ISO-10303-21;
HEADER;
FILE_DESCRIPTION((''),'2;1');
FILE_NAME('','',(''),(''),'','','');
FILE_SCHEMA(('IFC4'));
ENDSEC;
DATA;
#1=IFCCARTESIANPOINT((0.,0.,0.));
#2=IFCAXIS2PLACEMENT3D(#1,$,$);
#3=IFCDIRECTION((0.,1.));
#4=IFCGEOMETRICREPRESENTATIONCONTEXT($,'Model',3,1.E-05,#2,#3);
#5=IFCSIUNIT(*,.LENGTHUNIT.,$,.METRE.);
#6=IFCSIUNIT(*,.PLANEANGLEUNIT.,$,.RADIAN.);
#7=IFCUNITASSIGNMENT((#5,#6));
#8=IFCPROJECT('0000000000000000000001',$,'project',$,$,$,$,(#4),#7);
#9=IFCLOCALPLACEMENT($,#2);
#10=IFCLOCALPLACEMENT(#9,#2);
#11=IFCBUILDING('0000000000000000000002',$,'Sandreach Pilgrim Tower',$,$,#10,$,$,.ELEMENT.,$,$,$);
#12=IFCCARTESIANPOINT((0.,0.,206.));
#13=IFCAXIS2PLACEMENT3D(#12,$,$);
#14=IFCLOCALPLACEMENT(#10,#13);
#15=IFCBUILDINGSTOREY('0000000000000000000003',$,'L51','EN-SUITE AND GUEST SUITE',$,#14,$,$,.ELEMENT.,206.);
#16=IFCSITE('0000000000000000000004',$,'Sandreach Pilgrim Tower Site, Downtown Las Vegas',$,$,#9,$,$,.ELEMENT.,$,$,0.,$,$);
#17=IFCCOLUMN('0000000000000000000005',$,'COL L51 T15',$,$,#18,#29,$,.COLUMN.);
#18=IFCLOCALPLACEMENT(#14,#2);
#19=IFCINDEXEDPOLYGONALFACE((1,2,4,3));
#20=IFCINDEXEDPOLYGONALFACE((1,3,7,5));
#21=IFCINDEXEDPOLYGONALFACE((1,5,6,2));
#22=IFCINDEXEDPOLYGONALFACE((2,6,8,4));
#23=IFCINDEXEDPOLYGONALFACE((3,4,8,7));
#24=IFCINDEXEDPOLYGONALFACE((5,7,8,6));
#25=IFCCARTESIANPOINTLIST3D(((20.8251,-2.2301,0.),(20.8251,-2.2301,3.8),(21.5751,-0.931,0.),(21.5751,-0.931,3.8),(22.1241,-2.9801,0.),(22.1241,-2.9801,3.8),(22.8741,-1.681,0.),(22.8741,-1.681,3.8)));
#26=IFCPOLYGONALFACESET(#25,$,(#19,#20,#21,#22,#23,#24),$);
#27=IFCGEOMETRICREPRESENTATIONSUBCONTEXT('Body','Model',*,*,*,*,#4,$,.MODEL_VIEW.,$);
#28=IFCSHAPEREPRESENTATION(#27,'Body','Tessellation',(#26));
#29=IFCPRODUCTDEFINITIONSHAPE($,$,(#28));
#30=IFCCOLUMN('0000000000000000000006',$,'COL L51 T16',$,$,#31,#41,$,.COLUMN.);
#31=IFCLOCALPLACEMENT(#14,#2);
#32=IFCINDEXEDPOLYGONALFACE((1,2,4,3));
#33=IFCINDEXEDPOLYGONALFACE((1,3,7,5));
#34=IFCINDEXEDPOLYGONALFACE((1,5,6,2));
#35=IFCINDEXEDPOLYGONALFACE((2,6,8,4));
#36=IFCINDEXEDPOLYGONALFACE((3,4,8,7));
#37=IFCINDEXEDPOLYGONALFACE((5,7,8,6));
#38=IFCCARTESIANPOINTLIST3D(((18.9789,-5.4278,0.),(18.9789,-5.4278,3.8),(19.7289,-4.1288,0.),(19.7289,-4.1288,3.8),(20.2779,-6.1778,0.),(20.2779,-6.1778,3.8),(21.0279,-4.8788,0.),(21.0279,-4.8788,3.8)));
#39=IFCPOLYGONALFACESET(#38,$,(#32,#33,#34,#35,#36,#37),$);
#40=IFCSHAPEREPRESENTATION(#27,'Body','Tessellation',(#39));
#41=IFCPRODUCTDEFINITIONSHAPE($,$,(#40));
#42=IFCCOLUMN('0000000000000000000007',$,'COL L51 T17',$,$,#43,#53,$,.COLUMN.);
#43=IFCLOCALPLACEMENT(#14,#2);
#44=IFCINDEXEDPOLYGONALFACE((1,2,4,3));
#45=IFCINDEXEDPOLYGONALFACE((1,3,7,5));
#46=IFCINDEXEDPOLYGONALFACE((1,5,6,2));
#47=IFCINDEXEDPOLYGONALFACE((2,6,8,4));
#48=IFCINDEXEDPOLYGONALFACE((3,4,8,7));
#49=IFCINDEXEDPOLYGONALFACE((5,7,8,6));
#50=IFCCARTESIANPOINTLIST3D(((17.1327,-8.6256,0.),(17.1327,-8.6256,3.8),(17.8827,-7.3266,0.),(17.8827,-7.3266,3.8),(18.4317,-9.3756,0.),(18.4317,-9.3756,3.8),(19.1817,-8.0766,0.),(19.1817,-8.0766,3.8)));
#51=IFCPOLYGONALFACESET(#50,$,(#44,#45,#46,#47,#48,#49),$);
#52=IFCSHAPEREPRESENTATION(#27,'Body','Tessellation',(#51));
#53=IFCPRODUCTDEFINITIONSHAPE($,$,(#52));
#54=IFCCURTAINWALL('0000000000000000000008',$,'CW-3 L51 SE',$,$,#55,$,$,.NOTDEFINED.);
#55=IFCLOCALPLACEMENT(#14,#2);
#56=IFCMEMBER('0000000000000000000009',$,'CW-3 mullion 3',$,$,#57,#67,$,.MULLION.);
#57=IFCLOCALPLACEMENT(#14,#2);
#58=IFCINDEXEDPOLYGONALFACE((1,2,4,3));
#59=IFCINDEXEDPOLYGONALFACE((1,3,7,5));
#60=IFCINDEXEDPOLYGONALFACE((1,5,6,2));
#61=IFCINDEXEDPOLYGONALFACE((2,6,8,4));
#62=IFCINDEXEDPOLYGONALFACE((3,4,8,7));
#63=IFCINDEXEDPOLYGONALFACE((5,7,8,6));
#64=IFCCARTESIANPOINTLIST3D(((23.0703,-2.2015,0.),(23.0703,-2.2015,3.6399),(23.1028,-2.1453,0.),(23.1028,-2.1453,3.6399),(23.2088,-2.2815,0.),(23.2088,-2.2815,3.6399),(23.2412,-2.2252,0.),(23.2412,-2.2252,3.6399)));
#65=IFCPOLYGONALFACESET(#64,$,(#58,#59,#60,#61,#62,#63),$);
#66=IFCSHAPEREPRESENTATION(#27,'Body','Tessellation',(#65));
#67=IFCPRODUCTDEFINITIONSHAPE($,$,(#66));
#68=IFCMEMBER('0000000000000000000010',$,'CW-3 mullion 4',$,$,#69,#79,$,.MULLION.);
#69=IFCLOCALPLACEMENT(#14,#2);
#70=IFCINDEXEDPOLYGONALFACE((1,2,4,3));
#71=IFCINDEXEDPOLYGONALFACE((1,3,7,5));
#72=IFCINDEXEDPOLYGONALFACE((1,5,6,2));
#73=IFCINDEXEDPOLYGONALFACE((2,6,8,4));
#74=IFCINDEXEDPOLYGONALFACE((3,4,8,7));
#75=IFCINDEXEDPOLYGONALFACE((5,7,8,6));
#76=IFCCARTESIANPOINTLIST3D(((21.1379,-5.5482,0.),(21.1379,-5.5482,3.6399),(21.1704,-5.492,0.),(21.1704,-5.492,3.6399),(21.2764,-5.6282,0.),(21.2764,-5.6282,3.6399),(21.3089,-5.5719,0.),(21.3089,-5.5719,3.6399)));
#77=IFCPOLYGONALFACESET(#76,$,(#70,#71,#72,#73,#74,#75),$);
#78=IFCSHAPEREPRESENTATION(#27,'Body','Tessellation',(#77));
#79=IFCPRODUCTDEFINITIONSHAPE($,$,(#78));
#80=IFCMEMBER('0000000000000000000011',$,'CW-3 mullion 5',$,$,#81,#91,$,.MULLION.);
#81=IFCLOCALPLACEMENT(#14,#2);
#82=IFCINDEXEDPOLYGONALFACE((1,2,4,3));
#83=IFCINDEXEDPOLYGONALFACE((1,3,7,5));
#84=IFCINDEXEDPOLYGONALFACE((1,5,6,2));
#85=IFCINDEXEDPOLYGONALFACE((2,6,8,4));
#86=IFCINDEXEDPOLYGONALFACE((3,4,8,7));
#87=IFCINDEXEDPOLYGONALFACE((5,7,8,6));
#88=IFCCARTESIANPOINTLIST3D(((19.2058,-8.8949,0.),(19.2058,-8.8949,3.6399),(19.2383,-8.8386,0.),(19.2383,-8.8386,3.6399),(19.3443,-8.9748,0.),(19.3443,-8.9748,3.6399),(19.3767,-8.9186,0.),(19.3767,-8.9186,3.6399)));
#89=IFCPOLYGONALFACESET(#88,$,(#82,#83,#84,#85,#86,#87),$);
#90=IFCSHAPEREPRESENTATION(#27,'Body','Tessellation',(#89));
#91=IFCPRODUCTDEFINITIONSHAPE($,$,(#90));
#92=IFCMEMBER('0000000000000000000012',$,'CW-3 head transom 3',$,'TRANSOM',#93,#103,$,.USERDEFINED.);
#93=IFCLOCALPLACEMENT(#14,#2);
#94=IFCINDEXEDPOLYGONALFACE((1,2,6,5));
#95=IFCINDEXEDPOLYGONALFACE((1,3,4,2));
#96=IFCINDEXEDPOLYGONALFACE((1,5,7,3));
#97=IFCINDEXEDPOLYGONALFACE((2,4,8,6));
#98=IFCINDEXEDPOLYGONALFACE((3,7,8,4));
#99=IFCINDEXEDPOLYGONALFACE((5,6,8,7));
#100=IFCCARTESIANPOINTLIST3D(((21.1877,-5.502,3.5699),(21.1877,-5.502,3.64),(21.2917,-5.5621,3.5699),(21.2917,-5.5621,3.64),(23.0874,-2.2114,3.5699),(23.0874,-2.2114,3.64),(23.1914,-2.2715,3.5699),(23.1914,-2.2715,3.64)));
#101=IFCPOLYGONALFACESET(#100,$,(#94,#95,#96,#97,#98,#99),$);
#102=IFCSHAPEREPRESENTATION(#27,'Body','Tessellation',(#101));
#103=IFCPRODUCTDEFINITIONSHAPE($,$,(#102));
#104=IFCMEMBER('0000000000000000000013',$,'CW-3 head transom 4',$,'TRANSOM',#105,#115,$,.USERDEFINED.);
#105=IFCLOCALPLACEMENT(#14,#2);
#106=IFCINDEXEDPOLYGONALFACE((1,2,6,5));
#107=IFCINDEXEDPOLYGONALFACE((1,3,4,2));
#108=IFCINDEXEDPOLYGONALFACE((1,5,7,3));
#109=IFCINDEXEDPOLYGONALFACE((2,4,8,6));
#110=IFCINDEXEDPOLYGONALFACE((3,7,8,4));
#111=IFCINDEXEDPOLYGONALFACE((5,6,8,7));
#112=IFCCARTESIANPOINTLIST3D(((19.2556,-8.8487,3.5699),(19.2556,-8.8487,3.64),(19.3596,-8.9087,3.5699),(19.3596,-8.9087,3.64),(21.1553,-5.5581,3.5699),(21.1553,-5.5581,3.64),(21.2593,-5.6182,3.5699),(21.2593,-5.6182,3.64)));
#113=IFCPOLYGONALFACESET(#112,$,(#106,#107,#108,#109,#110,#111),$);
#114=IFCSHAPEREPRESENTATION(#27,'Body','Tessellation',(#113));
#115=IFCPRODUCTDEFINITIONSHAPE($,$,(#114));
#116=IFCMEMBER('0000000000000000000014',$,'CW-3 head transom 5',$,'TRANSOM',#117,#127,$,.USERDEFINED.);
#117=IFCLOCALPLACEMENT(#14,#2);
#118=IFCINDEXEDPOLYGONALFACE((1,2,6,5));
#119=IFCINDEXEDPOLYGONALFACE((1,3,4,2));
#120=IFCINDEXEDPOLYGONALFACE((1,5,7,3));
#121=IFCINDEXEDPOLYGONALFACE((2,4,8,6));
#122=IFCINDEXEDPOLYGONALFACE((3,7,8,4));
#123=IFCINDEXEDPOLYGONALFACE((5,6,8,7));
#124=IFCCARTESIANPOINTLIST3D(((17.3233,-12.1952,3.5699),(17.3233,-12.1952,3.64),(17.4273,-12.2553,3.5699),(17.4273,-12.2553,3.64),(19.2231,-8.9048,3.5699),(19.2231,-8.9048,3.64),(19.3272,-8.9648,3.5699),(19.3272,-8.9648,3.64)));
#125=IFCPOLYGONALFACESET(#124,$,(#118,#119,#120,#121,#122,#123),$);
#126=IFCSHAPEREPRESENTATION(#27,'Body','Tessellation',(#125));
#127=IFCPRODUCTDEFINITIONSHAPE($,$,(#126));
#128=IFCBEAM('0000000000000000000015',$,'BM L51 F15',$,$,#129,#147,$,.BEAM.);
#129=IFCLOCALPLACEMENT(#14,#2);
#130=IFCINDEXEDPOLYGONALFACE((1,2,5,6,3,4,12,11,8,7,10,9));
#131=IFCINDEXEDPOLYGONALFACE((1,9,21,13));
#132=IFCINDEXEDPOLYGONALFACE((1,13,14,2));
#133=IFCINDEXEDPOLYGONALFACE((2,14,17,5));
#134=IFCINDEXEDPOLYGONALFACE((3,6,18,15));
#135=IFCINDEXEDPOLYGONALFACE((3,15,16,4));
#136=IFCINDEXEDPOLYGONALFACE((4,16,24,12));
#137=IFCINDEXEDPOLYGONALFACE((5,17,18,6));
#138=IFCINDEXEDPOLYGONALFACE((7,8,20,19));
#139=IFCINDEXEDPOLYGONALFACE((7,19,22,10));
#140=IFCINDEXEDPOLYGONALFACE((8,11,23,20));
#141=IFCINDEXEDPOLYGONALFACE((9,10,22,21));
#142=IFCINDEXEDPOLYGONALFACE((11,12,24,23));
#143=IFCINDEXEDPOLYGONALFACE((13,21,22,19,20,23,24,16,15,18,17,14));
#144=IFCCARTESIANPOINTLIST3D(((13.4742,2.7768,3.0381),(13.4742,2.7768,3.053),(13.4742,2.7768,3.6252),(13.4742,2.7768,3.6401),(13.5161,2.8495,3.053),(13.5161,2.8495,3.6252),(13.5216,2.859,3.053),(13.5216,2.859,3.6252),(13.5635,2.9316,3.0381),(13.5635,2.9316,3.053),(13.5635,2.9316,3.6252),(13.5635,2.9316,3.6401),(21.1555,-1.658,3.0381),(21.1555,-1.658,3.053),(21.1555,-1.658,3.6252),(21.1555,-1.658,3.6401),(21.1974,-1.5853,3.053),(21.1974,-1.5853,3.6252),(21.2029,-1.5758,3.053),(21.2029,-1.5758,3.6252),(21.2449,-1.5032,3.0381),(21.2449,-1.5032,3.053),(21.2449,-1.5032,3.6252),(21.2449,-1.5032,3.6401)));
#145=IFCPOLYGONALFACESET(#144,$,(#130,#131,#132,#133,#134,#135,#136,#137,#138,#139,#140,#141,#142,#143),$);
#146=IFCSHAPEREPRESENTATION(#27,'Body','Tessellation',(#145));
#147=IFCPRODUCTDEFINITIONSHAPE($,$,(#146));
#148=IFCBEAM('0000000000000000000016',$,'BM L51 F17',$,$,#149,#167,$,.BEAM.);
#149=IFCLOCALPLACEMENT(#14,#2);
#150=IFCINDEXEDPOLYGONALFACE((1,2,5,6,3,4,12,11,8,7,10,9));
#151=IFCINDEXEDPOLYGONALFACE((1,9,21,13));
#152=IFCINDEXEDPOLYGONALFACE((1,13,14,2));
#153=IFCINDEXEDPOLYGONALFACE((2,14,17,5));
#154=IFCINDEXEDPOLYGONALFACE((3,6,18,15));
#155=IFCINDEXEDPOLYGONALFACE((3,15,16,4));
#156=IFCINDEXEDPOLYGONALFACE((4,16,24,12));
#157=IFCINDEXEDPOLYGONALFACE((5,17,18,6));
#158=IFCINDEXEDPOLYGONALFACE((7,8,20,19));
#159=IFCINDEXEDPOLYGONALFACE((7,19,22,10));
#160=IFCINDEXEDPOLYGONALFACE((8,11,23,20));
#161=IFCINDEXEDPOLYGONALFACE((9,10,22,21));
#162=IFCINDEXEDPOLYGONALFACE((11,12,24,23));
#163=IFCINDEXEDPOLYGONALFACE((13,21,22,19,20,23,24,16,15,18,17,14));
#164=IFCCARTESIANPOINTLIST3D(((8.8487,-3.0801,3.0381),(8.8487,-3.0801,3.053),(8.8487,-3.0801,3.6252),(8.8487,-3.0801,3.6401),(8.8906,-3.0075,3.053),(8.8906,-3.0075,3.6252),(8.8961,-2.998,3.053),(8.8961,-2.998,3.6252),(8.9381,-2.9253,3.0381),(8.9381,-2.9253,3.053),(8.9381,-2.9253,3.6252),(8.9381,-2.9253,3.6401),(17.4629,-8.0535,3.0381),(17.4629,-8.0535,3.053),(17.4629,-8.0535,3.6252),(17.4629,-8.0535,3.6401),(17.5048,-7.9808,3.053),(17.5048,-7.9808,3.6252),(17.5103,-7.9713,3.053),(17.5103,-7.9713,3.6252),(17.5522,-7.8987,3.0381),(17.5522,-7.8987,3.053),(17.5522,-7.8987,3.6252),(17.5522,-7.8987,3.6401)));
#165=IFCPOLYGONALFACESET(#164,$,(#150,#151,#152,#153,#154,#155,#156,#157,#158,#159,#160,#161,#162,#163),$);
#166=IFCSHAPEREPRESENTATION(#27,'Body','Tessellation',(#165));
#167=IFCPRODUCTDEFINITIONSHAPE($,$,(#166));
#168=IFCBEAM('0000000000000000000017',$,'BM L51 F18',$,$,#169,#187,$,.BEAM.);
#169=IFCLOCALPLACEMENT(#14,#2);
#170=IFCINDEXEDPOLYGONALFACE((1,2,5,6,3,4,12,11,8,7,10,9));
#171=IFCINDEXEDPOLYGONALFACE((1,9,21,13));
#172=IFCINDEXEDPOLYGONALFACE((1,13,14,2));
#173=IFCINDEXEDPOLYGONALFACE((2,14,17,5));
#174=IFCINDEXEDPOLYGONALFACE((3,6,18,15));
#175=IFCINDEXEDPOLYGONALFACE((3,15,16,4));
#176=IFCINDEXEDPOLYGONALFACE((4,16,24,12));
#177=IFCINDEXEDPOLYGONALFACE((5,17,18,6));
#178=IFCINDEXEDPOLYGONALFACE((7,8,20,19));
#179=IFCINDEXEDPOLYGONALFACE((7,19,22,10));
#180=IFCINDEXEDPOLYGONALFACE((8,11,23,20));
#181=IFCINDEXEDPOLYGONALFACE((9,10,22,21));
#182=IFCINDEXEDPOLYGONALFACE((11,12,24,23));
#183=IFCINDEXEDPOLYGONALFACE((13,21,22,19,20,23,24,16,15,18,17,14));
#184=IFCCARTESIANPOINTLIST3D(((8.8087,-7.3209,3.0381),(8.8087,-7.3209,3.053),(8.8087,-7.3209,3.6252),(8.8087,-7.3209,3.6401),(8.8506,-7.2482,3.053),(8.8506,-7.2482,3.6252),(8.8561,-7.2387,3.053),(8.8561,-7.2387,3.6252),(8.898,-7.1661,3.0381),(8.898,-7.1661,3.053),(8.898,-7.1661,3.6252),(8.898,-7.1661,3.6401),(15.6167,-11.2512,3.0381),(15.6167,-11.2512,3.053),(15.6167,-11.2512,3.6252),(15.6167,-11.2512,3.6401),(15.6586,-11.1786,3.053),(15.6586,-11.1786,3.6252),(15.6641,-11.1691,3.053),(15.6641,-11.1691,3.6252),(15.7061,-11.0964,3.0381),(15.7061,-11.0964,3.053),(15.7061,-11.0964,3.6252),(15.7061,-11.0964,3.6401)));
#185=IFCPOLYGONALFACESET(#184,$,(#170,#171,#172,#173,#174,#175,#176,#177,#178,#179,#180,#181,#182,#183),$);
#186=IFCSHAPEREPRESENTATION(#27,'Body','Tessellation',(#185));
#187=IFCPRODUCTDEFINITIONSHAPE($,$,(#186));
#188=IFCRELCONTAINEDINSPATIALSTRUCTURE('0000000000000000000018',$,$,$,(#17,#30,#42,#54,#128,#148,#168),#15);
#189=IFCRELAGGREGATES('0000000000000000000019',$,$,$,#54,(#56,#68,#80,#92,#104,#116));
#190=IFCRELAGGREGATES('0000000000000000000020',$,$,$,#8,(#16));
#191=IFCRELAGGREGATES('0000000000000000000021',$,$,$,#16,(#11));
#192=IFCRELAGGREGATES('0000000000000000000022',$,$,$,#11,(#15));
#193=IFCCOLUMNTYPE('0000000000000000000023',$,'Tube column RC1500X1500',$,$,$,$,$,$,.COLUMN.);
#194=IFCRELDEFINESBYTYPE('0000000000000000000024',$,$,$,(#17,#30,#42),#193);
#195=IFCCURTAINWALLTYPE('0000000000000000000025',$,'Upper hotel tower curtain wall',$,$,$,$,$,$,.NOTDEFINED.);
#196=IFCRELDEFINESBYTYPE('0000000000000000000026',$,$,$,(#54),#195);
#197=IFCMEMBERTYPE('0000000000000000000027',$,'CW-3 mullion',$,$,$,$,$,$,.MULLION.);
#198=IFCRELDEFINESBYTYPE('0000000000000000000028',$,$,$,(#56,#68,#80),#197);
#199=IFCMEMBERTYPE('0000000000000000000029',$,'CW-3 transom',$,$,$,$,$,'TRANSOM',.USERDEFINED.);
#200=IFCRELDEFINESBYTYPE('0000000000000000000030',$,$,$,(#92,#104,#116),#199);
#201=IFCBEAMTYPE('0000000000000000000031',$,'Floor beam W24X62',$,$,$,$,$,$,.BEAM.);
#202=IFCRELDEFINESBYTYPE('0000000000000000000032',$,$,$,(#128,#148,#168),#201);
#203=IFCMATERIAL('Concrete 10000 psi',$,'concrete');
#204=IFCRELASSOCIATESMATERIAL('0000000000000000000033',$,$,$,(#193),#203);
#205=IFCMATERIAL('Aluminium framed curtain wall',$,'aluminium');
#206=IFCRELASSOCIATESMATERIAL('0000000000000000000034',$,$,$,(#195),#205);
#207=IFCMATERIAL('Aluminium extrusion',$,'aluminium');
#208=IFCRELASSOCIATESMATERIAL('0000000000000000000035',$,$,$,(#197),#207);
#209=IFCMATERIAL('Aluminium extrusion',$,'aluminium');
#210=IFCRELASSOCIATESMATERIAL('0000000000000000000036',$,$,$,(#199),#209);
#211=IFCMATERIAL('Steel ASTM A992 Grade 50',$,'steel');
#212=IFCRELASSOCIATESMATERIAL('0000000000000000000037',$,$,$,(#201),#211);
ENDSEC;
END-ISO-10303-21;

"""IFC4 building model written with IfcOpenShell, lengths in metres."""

from ifc_helpers import new_model, si_unit, direction, frame, origin, origin_2d, place, context, subcontext, project, spatial, rectangle, i_section, extrude, material, material_profile, profile_set, type_object, element, aggregate, save


model = new_model("IFC4")

# Units and contexts
model_context = context("Model", 3, precision=1e-05, world=origin(), true_north=direction((0.0, 1.0)))
body_context = subcontext(model_context, "Body", "Model", "MODEL_VIEW")
ifc_project = project(units=[si_unit("LENGTHUNIT", "METRE"), si_unit("PLANEANGLEUNIT", "RADIAN")], contexts=[model_context])

# Site, building, storey
site_placement = place(None, origin())
site = spatial("IfcSite", under=ifc_project, at=site_placement, Name="Sandreach Pilgrim Tower Site, Downtown Las Vegas", CompositionType="ELEMENT", RefElevation=0.0)
building_placement = place(site_placement, origin())
building = spatial("IfcBuilding", under=site, at=building_placement, Name="Sandreach Pilgrim Tower", CompositionType="ELEMENT")
storey_placement = place(building_placement, frame((0.0, 0.0, 206.0)))
storey = spatial("IfcBuildingStorey", under=building, at=storey_placement, Name="L51", Description="EN-SUITE AND GUEST SUITE", CompositionType="ELEMENT", Elevation=206.0)

# Columns
ifc_material_1 = material(Name="Concrete 10000 psi", Category="concrete")
ifc_material_profile_1 = material_profile(ifc_material_1, rectangle(XDim=1.5, YDim=1.5, at=origin_2d()), Name="RC1500X1500")
ifc_profile_set_1 = profile_set([ifc_material_profile_1], Name="Concrete 10000 psi")
column_type = type_object("IfcColumnType", Name="Tube column RC1500X1500", PredefinedType="COLUMN", material=ifc_profile_set_1)
for number, where, z_axis, x_axis, name in (
    (1, (21.8496, -1.9556, 0.0), (0.0, 0.0, 1.0), (0.866025, -0.5, 0.0), "COL L51 T15"),
    (2, (20.0034, -5.1533, 0.0), (0.0, 0.0, 1.0), (0.866025, -0.5, 0.0), "COL L51 T16"),
    (3, (18.1572, -8.3511, 0.0), (0.0, 0.0, 1.0), (0.866025, -0.5, 0.0), "COL L51 T17"),
):
    element("IfcColumn", number, at=place(storey_placement, frame(where, z_axis=z_axis, x_axis=x_axis)), inside=storey, type_object=column_type, Name=name, PredefinedType="COLUMN", context=body_context, shape_type="SweptSolid", body=[
        extrude(rectangle(XDim=1.5, YDim=1.5, at=origin_2d()), origin(), (0.0, 0.0, 1.0), 3.8),
    ])

# Curtain wall, members
ifc_material_2 = material(Name="Aluminium framed curtain wall", Category="aluminium")
curtain_wall_type = type_object("IfcCurtainWallType", Name="Upper hotel tower curtain wall", PredefinedType="NOTDEFINED", material=ifc_material_2)
curtain_wall_placement = place(storey_placement, origin())
curtain_wall = element("IfcCurtainWall", 4, at=curtain_wall_placement, inside=storey, type_object=curtain_wall_type, Name="CW-3 L51 SE", PredefinedType="NOTDEFINED")
ifc_material_3 = material(Name="Aluminium extrusion", Category="aluminium")
ifc_material_profile_2 = material_profile(ifc_material_3, rectangle(XDim=0.0649, YDim=0.1599, at=origin_2d()), Name="CW-3M 65X160")
ifc_profile_set_2 = profile_set([ifc_material_profile_2], Name="Aluminium extrusion")
member_type_1 = type_object("IfcMemberType", Name="CW-3 mullion", PredefinedType="MULLION", material=ifc_profile_set_2)
member_1_placement = place(storey_placement, frame((23.1558, -2.2134, 0.0), z_axis=(0.0, 0.0, 1.0), x_axis=(-0.5, -0.866025, 0.0)))
member_1 = element("IfcMember", 5, at=member_1_placement, type_object=member_type_1, Name="CW-3 mullion 3", PredefinedType="MULLION", context=body_context, shape_type="SweptSolid", body=[
    extrude(rectangle(XDim=0.0649, YDim=0.1599, at=origin_2d()), origin(), (0.0, 0.0, 1.0), 3.6399),
])
member_2_placement = place(storey_placement, frame((21.2234, -5.5601, 0.0), z_axis=(0.0, 0.0, 1.0), x_axis=(-0.5, -0.866025, 0.0)))
member_2 = element("IfcMember", 6, at=member_2_placement, type_object=member_type_1, Name="CW-3 mullion 4", PredefinedType="MULLION", context=body_context, shape_type="SweptSolid", body=[
    extrude(rectangle(XDim=0.0649, YDim=0.1599, at=origin_2d()), origin(), (0.0, 0.0, 1.0), 3.6399),
])
member_3_placement = place(storey_placement, frame((19.2913, -8.9067, 0.0), z_axis=(0.0, 0.0, 1.0), x_axis=(-0.5, -0.866025, 0.0)))
member_3 = element("IfcMember", 7, at=member_3_placement, type_object=member_type_1, Name="CW-3 mullion 5", PredefinedType="MULLION", context=body_context, shape_type="SweptSolid", body=[
    extrude(rectangle(XDim=0.0649, YDim=0.1599, at=origin_2d()), origin(), (0.0, 0.0, 1.0), 3.6399),
])
ifc_material_4 = material(Name="Aluminium extrusion", Category="aluminium")
ifc_material_profile_3 = material_profile(ifc_material_4, rectangle(XDim=0.1201, YDim=0.0701, at=origin_2d()), Name="CW-3T 120X70")
ifc_profile_set_3 = profile_set([ifc_material_profile_3], Name="Aluminium extrusion")
member_type_2 = type_object("IfcMemberType", Name="CW-3 transom", ElementType="TRANSOM", PredefinedType="USERDEFINED", material=ifc_profile_set_3)
member_4_placement = place(storey_placement, frame((23.1394, -2.2415, 3.605), z_axis=(-0.499975, -0.86604, 0.0), x_axis=(0.86604, -0.499975, 0.0)))
member_4 = element("IfcMember", 8, at=member_4_placement, type_object=member_type_2, Name="CW-3 head transom 3", ObjectType="TRANSOM", PredefinedType="USERDEFINED", context=body_context, shape_type="SweptSolid", body=[
    extrude(rectangle(XDim=0.1201, YDim=0.0701, at=origin_2d()), origin(), (0.0, 0.0, 1.0), 3.7996),
])
member_5_placement = place(storey_placement, frame((21.2073, -5.5881, 3.605), z_axis=(-0.499975, -0.86604, 0.0), x_axis=(0.86604, -0.499975, 0.0)))
member_5 = element("IfcMember", 9, at=member_5_placement, type_object=member_type_2, Name="CW-3 head transom 4", ObjectType="TRANSOM", PredefinedType="USERDEFINED", context=body_context, shape_type="SweptSolid", body=[
    extrude(rectangle(XDim=0.1201, YDim=0.0701, at=origin_2d()), origin(), (0.0, 0.0, 1.0), 3.7996),
])
member_6_placement = place(storey_placement, frame((19.2751, -8.9348, 3.605), z_axis=(-0.500023, -0.866012, 0.0), x_axis=(0.866012, -0.500023, 0.0)))
member_6 = element("IfcMember", 10, at=member_6_placement, type_object=member_type_2, Name="CW-3 head transom 5", ObjectType="TRANSOM", PredefinedType="USERDEFINED", context=body_context, shape_type="SweptSolid", body=[
    extrude(rectangle(XDim=0.1201, YDim=0.0701, at=origin_2d()), origin(), (0.0, 0.0, 1.0), 3.7996),
])

# Beams
ifc_material_5 = material(Name="Steel ASTM A992 Grade 50", Category="steel")
ifc_material_profile_4 = material_profile(ifc_material_5, i_section(OverallWidth=0.1787, OverallDepth=0.6021, WebThickness=0.011, FlangeThickness=0.0149, at=origin_2d()), Name="W24X62")
ifc_profile_set_4 = profile_set([ifc_material_profile_4], Name="Steel ASTM A992 Grade 50")
beam_type_1 = type_object("IfcBeamType", Name="Floor beam W24X62", PredefinedType="BEAM", material=ifc_profile_set_4)
beam_1_placement = place(storey_placement, frame((21.2002, -1.5806, 3.3391), z_axis=(-0.866027, 0.499996, 0.0), x_axis=(-0.499996, -0.866027, 0.0)))
element("IfcBeam", 11, at=beam_1_placement, inside=storey, type_object=beam_type_1, Name="BM L51 F15", PredefinedType="BEAM", context=body_context, shape_type="SweptSolid", body=[
    extrude(i_section(OverallWidth=0.1787, OverallDepth=0.6021, WebThickness=0.011, FlangeThickness=0.0149, at=origin_2d()), origin(), (0.0, 0.0, 1.0), 8.8696),
])
beam_2_placement = place(storey_placement, frame((17.5076, -7.9761, 3.3391), z_axis=(-0.866028, 0.499996, 0.0), x_axis=(-0.499996, -0.866028, 0.0)))
element("IfcBeam", 12, at=beam_2_placement, inside=storey, type_object=beam_type_1, Name="BM L51 F17", PredefinedType="BEAM", context=body_context, shape_type="SweptSolid", body=[
    extrude(i_section(OverallWidth=0.1787, OverallDepth=0.6021, WebThickness=0.011, FlangeThickness=0.0149, at=origin_2d()), origin(), (0.0, 0.0, 1.0), 9.9468),
])
beam_3_placement = place(storey_placement, frame((15.6614, -11.1738, 3.3391), z_axis=(-0.866039, 0.499977, 0.0), x_axis=(-0.499977, -0.866039, 0.0)))
element("IfcBeam", 13, at=beam_3_placement, inside=storey, type_object=beam_type_1, Name="BM L51 F18", PredefinedType="BEAM", context=body_context, shape_type="SweptSolid", body=[
    extrude(i_section(OverallWidth=0.1787, OverallDepth=0.6021, WebThickness=0.011, FlangeThickness=0.0149, at=origin_2d()), origin(), (0.0, 0.0, 1.0), 7.8611),
])

aggregate(curtain_wall, [member_1, member_2, member_3, member_4, member_5, member_6])

save(model, "model.ifc")
